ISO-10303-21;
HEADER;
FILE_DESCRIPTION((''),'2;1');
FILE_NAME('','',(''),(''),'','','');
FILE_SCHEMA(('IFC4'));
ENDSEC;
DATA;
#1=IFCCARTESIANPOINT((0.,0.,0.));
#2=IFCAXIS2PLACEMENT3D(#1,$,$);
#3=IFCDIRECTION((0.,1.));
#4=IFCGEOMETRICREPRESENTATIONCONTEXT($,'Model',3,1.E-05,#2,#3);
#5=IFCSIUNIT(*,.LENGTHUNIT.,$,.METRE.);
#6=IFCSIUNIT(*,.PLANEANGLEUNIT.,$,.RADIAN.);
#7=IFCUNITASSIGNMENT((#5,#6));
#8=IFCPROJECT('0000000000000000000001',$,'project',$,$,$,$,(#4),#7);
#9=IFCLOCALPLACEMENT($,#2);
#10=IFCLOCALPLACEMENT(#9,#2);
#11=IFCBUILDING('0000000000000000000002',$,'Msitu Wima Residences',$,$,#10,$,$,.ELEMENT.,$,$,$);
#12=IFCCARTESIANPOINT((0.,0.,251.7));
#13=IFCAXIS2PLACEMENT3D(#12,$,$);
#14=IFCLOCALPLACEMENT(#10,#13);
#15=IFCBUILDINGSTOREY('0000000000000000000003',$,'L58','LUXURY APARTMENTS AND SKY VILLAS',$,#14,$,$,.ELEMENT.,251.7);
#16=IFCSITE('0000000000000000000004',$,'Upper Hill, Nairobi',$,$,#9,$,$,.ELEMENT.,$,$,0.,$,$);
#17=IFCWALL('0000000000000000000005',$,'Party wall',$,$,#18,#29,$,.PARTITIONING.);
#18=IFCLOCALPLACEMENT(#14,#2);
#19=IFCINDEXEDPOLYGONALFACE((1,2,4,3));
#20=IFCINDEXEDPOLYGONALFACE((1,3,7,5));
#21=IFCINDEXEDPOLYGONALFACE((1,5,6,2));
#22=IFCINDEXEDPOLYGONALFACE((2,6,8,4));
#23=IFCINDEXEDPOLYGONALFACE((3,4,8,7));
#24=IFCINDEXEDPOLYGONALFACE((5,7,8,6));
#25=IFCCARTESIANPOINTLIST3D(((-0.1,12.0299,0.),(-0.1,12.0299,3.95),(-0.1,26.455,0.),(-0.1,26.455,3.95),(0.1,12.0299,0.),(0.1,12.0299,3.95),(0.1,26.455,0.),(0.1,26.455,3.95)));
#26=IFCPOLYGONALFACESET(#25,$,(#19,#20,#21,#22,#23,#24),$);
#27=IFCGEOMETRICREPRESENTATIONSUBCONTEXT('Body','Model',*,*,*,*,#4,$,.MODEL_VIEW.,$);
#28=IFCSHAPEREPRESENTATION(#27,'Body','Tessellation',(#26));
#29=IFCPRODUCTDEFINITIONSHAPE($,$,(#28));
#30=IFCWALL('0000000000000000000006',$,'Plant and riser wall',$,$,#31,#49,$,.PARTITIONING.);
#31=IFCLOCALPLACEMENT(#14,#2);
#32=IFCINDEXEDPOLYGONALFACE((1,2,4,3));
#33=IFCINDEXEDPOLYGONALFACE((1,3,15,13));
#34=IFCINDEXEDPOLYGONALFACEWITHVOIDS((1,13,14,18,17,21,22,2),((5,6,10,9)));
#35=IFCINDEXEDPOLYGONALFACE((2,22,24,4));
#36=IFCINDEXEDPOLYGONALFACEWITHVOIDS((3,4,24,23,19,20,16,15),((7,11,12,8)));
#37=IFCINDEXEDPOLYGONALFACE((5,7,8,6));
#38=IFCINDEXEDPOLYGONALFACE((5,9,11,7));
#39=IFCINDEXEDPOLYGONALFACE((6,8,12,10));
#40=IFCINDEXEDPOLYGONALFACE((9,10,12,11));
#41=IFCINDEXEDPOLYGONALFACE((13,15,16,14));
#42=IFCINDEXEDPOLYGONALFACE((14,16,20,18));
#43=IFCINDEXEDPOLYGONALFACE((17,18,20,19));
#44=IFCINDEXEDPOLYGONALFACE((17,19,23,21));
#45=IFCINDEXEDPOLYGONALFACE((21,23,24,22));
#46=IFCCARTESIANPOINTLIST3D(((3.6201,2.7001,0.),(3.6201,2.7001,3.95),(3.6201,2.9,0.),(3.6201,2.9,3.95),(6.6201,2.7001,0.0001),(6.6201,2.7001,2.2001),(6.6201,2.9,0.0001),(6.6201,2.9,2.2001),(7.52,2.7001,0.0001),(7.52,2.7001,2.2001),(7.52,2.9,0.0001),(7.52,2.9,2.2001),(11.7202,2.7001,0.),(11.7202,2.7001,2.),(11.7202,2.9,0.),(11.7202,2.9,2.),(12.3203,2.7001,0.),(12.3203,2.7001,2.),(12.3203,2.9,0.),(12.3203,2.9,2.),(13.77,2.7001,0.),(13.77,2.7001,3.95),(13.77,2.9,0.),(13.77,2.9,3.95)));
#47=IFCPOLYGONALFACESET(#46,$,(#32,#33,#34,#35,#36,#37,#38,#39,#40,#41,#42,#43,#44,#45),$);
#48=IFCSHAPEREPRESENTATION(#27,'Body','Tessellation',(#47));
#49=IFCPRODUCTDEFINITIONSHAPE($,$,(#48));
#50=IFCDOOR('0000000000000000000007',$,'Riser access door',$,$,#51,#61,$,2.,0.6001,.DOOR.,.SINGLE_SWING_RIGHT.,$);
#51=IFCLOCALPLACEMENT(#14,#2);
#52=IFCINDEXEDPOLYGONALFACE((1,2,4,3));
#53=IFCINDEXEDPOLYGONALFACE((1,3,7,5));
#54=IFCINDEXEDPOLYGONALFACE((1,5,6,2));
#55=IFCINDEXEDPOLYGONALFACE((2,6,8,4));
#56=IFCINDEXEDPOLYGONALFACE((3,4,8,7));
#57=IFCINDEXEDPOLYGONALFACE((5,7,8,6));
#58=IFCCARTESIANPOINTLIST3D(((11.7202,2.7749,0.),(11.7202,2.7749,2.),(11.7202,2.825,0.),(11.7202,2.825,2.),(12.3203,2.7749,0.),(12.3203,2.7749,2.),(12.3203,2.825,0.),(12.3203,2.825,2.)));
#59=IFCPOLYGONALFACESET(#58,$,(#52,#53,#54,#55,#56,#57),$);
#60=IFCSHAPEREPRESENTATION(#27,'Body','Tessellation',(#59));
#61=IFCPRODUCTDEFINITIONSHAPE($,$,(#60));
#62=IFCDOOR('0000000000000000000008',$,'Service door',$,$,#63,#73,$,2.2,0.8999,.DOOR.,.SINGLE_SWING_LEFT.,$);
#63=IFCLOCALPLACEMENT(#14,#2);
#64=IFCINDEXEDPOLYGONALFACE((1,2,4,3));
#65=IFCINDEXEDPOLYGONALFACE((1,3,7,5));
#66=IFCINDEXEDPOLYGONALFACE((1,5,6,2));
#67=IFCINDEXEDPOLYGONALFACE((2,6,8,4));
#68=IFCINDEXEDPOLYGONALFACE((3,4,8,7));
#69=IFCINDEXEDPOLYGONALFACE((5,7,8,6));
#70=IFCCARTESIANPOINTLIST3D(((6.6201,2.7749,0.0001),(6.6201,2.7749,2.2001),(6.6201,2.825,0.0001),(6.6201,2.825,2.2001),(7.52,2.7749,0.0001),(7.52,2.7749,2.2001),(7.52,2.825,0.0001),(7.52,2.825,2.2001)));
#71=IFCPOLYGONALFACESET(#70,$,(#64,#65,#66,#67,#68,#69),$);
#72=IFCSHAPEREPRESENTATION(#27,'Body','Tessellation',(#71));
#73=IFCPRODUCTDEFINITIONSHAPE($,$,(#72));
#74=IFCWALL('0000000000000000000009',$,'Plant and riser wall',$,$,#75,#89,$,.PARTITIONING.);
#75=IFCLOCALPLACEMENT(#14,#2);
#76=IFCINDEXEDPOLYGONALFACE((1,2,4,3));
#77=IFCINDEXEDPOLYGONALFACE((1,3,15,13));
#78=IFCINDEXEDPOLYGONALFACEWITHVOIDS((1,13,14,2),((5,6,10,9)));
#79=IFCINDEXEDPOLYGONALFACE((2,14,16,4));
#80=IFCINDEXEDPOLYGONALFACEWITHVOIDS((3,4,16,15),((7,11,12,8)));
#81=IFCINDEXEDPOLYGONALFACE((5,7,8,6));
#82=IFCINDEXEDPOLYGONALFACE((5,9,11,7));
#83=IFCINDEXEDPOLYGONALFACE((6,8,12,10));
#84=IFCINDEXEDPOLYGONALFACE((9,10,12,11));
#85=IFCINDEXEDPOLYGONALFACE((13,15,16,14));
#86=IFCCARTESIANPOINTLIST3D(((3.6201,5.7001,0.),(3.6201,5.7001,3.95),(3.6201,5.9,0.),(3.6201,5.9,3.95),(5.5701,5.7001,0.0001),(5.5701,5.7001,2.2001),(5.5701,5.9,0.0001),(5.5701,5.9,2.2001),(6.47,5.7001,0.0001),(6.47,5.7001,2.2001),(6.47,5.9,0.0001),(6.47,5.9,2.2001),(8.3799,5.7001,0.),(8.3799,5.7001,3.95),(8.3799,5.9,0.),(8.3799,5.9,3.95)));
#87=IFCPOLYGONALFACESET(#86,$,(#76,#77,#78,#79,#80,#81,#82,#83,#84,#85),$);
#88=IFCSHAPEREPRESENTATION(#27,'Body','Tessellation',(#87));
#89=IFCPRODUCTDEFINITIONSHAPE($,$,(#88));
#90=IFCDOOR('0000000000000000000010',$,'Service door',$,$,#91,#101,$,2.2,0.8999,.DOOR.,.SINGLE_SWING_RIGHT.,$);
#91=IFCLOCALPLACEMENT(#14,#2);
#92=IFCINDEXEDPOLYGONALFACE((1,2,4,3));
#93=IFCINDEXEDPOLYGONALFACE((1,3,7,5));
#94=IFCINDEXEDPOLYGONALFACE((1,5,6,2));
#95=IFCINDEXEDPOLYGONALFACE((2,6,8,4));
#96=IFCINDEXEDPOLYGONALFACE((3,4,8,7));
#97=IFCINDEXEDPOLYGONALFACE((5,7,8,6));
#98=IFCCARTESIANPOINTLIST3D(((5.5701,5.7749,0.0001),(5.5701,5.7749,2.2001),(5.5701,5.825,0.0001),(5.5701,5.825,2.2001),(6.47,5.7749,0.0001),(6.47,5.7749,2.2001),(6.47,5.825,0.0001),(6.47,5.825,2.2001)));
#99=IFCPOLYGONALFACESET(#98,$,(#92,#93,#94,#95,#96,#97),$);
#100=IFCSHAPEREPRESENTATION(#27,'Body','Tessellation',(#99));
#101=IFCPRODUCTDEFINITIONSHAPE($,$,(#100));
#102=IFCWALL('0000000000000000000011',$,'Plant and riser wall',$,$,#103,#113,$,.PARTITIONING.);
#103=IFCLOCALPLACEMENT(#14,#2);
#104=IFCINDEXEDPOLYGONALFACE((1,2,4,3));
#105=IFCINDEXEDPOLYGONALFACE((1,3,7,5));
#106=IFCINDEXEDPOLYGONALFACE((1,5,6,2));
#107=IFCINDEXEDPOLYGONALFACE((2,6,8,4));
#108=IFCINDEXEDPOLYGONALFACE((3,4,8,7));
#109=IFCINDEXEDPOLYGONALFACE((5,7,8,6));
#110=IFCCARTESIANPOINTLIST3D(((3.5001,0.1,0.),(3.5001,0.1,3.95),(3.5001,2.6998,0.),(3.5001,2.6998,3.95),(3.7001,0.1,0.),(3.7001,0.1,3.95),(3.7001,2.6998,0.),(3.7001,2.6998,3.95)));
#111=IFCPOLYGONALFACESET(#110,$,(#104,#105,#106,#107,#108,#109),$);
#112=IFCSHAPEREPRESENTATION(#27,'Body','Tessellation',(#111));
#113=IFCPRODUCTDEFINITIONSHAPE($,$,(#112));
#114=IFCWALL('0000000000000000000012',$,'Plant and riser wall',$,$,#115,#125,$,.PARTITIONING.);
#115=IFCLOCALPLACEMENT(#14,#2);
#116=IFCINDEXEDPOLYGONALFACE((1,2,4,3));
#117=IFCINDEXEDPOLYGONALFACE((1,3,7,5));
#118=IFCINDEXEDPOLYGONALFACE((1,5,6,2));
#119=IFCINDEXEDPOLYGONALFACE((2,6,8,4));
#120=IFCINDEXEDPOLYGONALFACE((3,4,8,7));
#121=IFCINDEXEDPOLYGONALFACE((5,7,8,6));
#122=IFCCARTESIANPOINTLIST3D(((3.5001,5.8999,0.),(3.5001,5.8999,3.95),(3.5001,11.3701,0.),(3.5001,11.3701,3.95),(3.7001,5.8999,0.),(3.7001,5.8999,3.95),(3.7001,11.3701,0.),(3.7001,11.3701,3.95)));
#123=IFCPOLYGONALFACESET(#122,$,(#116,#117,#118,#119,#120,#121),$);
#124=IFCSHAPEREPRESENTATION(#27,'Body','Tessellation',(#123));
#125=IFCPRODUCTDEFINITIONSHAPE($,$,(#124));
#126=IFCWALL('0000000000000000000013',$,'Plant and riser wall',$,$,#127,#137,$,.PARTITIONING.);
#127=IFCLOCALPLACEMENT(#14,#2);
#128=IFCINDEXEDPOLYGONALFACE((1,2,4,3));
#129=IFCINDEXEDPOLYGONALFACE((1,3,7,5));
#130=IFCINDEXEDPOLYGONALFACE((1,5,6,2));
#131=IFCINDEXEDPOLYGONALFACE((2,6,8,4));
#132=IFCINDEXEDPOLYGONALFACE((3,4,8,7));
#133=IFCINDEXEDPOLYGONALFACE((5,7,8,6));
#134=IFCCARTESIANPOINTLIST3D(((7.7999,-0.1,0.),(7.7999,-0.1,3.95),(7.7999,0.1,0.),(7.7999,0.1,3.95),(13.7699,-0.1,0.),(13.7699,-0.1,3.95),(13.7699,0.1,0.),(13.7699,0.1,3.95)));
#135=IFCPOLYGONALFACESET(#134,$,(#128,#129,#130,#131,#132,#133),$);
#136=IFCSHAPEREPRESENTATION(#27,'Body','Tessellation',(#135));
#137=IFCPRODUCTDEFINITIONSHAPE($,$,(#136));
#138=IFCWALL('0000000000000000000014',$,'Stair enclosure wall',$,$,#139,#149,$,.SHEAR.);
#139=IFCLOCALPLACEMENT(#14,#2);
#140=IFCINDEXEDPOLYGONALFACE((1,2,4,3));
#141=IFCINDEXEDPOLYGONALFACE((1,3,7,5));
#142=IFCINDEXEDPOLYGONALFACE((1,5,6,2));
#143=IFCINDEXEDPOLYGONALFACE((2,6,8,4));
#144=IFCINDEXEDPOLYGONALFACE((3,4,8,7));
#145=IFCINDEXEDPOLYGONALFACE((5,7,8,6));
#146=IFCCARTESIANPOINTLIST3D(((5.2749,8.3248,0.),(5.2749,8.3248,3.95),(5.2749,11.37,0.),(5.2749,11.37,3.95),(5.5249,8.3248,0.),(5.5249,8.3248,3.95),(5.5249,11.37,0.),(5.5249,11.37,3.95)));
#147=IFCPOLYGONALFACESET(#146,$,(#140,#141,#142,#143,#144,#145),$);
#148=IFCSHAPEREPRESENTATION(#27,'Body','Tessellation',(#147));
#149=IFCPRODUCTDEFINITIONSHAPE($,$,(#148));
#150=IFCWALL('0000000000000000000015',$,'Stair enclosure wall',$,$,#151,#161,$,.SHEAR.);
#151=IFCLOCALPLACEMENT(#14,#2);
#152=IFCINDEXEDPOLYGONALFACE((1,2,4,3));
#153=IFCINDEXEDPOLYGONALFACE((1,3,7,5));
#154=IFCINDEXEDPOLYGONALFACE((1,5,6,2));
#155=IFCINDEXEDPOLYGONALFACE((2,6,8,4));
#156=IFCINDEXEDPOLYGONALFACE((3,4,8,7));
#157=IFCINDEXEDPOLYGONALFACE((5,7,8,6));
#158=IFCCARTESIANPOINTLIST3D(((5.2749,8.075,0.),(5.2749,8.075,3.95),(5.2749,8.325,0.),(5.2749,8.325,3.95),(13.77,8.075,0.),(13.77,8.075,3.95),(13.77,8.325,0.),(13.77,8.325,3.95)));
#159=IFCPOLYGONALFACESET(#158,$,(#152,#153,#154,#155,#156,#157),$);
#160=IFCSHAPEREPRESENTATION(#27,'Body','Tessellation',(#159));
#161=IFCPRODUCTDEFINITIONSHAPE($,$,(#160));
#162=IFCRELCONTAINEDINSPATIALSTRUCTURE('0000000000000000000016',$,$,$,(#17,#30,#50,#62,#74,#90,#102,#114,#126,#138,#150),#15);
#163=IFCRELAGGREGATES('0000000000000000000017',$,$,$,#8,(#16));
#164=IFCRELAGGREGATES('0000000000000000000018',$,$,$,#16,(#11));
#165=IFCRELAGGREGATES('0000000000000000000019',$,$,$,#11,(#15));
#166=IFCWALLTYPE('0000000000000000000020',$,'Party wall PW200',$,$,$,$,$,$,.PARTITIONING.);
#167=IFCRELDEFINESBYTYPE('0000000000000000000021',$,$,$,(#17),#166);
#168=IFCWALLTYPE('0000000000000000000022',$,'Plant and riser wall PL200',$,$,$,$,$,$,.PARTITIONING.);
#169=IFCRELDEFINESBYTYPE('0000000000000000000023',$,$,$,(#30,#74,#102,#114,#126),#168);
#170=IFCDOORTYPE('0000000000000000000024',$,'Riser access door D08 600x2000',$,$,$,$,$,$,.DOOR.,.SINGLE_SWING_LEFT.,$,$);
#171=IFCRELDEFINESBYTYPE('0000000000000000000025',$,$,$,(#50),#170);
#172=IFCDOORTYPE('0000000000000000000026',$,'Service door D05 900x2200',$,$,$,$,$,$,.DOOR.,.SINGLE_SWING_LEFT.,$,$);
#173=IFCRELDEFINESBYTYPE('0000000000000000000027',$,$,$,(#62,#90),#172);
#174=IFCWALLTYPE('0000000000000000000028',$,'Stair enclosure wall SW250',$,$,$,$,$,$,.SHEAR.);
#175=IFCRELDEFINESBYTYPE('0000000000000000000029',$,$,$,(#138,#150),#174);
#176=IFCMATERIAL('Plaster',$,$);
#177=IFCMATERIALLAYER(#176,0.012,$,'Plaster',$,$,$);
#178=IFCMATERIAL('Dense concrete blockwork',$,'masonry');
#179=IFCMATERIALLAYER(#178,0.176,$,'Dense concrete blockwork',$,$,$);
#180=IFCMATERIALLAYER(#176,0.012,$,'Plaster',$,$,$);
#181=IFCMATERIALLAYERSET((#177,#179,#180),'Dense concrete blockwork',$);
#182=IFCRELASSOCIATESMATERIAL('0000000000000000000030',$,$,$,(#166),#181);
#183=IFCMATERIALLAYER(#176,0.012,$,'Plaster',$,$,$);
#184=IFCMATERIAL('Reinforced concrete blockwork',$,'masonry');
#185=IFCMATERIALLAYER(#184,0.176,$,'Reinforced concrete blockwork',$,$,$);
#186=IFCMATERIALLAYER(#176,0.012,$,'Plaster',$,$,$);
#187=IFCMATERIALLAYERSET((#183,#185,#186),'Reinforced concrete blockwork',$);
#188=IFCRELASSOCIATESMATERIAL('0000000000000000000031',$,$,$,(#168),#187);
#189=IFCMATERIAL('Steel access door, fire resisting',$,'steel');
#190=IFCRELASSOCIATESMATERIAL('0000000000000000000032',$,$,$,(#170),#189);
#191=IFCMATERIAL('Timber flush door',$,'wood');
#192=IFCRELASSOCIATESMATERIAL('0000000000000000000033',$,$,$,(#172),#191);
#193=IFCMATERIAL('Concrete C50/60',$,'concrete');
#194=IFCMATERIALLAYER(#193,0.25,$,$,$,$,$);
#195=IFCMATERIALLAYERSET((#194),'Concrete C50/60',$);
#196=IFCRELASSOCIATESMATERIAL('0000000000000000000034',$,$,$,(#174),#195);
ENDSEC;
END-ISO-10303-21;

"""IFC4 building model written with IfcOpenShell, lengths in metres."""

from ifc_helpers import new_model, si_unit, direction, frame, frame_2d, origin, place, context, subcontext, project, spatial, rectangle, extrude, material, layer, layer_set, type_object, element, fill, save


model = new_model("IFC4")

# Units and contexts
model_context = context("Model", 3, precision=1e-05, world=origin(), true_north=direction((0.0, 1.0)))
body_context = subcontext(model_context, "Body", "Model", "MODEL_VIEW")
ifc_project = project(units=[si_unit("LENGTHUNIT", "METRE"), si_unit("PLANEANGLEUNIT", "RADIAN")], contexts=[model_context])

# Site, building, storey
site_placement = place(None, origin())
site = spatial("IfcSite", under=ifc_project, at=site_placement, Name="Upper Hill, Nairobi", CompositionType="ELEMENT", RefElevation=0.0)
building_placement = place(site_placement, origin())
building = spatial("IfcBuilding", under=site, at=building_placement, Name="Msitu Wima Residences", CompositionType="ELEMENT")
storey_placement = place(building_placement, frame((0.0, 0.0, 251.7)))
storey = spatial("IfcBuildingStorey", under=building, at=storey_placement, Name="L58", Description="LUXURY APARTMENTS AND SKY VILLAS", CompositionType="ELEMENT", Elevation=251.7)

# Shared definitions
ifc_material_1 = material(Name="Plaster")
ifc_material_2 = material(Name="Timber flush door", Category="wood")

# Wall
ifc_layer_1 = layer(ifc_material_1, 0.012, Name="Plaster")
ifc_material_3 = material(Name="Dense concrete blockwork", Category="masonry")
ifc_layer_2 = layer(ifc_material_3, 0.176, Name="Dense concrete blockwork")
ifc_layer_3 = layer(ifc_material_1, 0.012, Name="Plaster")
ifc_layer_set_1 = layer_set([ifc_layer_1, ifc_layer_2, ifc_layer_3], Name="Dense concrete blockwork")
wall_type_1 = type_object("IfcWallType", Name="Party wall PW200", PredefinedType="PARTITIONING", material=ifc_layer_set_1)
wall_1_placement = place(storey_placement, frame((0.0, 12.03, 0.0), z_axis=(0.0, 0.0, 1.0), x_axis=(0.0, 1.0, 0.0)))
element("IfcWall", 1, at=wall_1_placement, inside=storey, type_object=wall_type_1, Name="Party wall", PredefinedType="PARTITIONING", context=body_context, shape_type="SweptSolid", body=[
    extrude(rectangle(XDim=14.425, YDim=0.2, at=frame_2d((7.2124, 0.0))), origin(), (0.0, 0.0, 1.0), 3.95),
])

# Wall, openings, doors
ifc_layer_4 = layer(ifc_material_1, 0.012, Name="Plaster")
ifc_material_4 = material(Name="Reinforced concrete blockwork", Category="masonry")
ifc_layer_5 = layer(ifc_material_4, 0.176, Name="Reinforced concrete blockwork")
ifc_layer_6 = layer(ifc_material_1, 0.012, Name="Plaster")
ifc_layer_set_2 = layer_set([ifc_layer_4, ifc_layer_5, ifc_layer_6], Name="Reinforced concrete blockwork")
wall_type_2 = type_object("IfcWallType", Name="Plant and riser wall PL200", PredefinedType="PARTITIONING", material=ifc_layer_set_2)
wall_2_placement = place(storey_placement, frame((3.6201, 2.8, 0.0), z_axis=(0.0, 0.0, 1.0), x_axis=(1.0, 0.0, 0.0)))
wall_2 = element("IfcWall", 2, at=wall_2_placement, inside=storey, type_object=wall_type_2, Name="Plant and riser wall", PredefinedType="PARTITIONING", context=body_context, shape_type="SweptSolid", body=[
    extrude(rectangle(XDim=10.1499, YDim=0.2, at=frame_2d((5.075, 0.0))), origin(), (0.0, 0.0, 1.0), 3.95),
])
opening_1_placement = place(wall_2_placement, frame((8.1001, 0.0, 0.0)))
opening_1 = element("IfcOpeningElement", 3, at=opening_1_placement, cuts=wall_2, PredefinedType="OPENING", context=body_context, shape_type="SweptSolid", body=[
    extrude(rectangle(XDim=0.6001, YDim=2.0, at=frame_2d((0.3, 1.0))), frame((0.0, 0.1099, 0.0), z_axis=(0.0, -1.0, 0.0), x_axis=(1.0, 0.0, 0.0)), (0.0, 0.0, 1.0), 0.22),
])
opening_2_placement = place(wall_2_placement, frame((3.0, 0.0, 0.0)))
opening_2 = element("IfcOpeningElement", 4, at=opening_2_placement, cuts=wall_2, PredefinedType="OPENING", context=body_context, shape_type="SweptSolid", body=[
    extrude(rectangle(XDim=0.8999, YDim=2.2, at=frame_2d((0.45, 1.1001))), frame((0.0, 0.1099, 0.0), z_axis=(0.0, -1.0, 0.0), x_axis=(1.0, 0.0, 0.0)), (0.0, 0.0, 1.0), 0.22),
])
ifc_material_5 = material(Name="Steel access door, fire resisting", Category="steel")
door_type_1 = type_object("IfcDoorType", Name="Riser access door D08 600x2000", OperationType="SINGLE_SWING_LEFT", PredefinedType="DOOR", material=ifc_material_5)
door_1_placement = place(opening_1_placement, origin())
door_1 = element("IfcDoor", 5, at=door_1_placement, inside=storey, type_object=door_type_1, Name="Riser access door", OperationType="SINGLE_SWING_RIGHT", OverallHeight=2.0, OverallWidth=0.6001, PredefinedType="DOOR", context=body_context, shape_type="SweptSolid", body=[
    extrude(rectangle(XDim=0.6001, YDim=2.0, at=frame_2d((0.3, 1.0))), frame((0.0, 0.0249, 0.0), z_axis=(0.0, -1.0, 0.0), x_axis=(1.0, 0.0, 0.0)), (0.0, 0.0, 1.0), 0.05),
])
fill(opening_1, door_1)
door_type_2 = type_object("IfcDoorType", Name="Service door D05 900x2200", OperationType="SINGLE_SWING_LEFT", PredefinedType="DOOR", material=ifc_material_2)
door_2_placement = place(opening_2_placement, origin())
door_2 = element("IfcDoor", 6, at=door_2_placement, inside=storey, type_object=door_type_2, Name="Service door", OperationType="SINGLE_SWING_LEFT", OverallHeight=2.2, OverallWidth=0.8999, PredefinedType="DOOR", context=body_context, shape_type="SweptSolid", body=[
    extrude(rectangle(XDim=0.8999, YDim=2.2, at=frame_2d((0.45, 1.1001))), frame((0.0, 0.0249, 0.0), z_axis=(0.0, -1.0, 0.0), x_axis=(1.0, 0.0, 0.0)), (0.0, 0.0, 1.0), 0.05),
])
fill(opening_2, door_2)

# Wall, opening, door
wall_3_placement = place(storey_placement, frame((3.6201, 5.8, 0.0), z_axis=(0.0, 0.0, 1.0), x_axis=(1.0, 0.0, 0.0)))
wall_3 = element("IfcWall", 7, at=wall_3_placement, inside=storey, type_object=wall_type_2, Name="Plant and riser wall", PredefinedType="PARTITIONING", context=body_context, shape_type="SweptSolid", body=[
    extrude(rectangle(XDim=4.7598, YDim=0.2, at=frame_2d((2.3799, 0.0))), origin(), (0.0, 0.0, 1.0), 3.95),
])
opening_3_placement = place(wall_3_placement, frame((1.95, 0.0, 0.0)))
opening_3 = element("IfcOpeningElement", 8, at=opening_3_placement, cuts=wall_3, PredefinedType="OPENING", context=body_context, shape_type="SweptSolid", body=[
    extrude(rectangle(XDim=0.8999, YDim=2.2, at=frame_2d((0.45, 1.1001))), frame((0.0, 0.1099, 0.0), z_axis=(0.0, -1.0, 0.0), x_axis=(1.0, 0.0, 0.0)), (0.0, 0.0, 1.0), 0.22),
])
door_3_placement = place(opening_3_placement, origin())
door_3 = element("IfcDoor", 9, at=door_3_placement, inside=storey, type_object=door_type_2, Name="Service door", OperationType="SINGLE_SWING_RIGHT", OverallHeight=2.2, OverallWidth=0.8999, PredefinedType="DOOR", context=body_context, shape_type="SweptSolid", body=[
    extrude(rectangle(XDim=0.8999, YDim=2.2, at=frame_2d((0.45, 1.1001))), frame((0.0, 0.0249, 0.0), z_axis=(0.0, -1.0, 0.0), x_axis=(1.0, 0.0, 0.0)), (0.0, 0.0, 1.0), 0.05),
])
fill(opening_3, door_3)

# Walls
wall_4_placement = place(storey_placement, frame((3.6001, 0.1001, 0.0), z_axis=(0.0, 0.0, 1.0), x_axis=(0.0, 1.0, 0.0)))
element("IfcWall", 10, at=wall_4_placement, inside=storey, type_object=wall_type_2, Name="Plant and riser wall", PredefinedType="PARTITIONING", context=body_context, shape_type="SweptSolid", body=[
    extrude(rectangle(XDim=2.5999, YDim=0.2, at=frame_2d((1.2998, 0.0))), origin(), (0.0, 0.0, 1.0), 3.95),
])
wall_5_placement = place(storey_placement, frame((3.6001, 5.8999, 0.0), z_axis=(0.0, 0.0, 1.0), x_axis=(0.0, 1.0, 0.0)))
element("IfcWall", 11, at=wall_5_placement, inside=storey, type_object=wall_type_2, Name="Plant and riser wall", PredefinedType="PARTITIONING", context=body_context, shape_type="SweptSolid", body=[
    extrude(rectangle(XDim=5.4702, YDim=0.2, at=frame_2d((2.7351, 0.0))), origin(), (0.0, 0.0, 1.0), 3.95),
])
wall_6_placement = place(storey_placement, frame((7.8, 0.0, 0.0), z_axis=(0.0, 0.0, 1.0), x_axis=(1.0, 0.0, 0.0)))
element("IfcWall", 12, at=wall_6_placement, inside=storey, type_object=wall_type_2, Name="Plant and riser wall", PredefinedType="PARTITIONING", context=body_context, shape_type="SweptSolid", body=[
    extrude(rectangle(XDim=5.97, YDim=0.2, at=frame_2d((2.9849, 0.0))), origin(), (0.0, 0.0, 1.0), 3.95),
])
ifc_material_6 = material(Name="Concrete C50/60", Category="concrete")
ifc_layer_7 = layer(ifc_material_6, 0.25)
ifc_layer_set_3 = layer_set([ifc_layer_7], Name="Concrete C50/60")
wall_type_3 = type_object("IfcWallType", Name="Stair enclosure wall SW250", PredefinedType="SHEAR", material=ifc_layer_set_3)
wall_7_placement = place(storey_placement, frame((5.3999, 8.325, 0.0), z_axis=(0.0, 0.0, 1.0), x_axis=(0.0, 1.0, 0.0)))
element("IfcWall", 13, at=wall_7_placement, inside=storey, type_object=wall_type_3, Name="Stair enclosure wall", PredefinedType="SHEAR", context=body_context, shape_type="SweptSolid", body=[
    extrude(rectangle(XDim=3.0452, YDim=0.25, at=frame_2d((1.5225, 0.0))), origin(), (0.0, 0.0, 1.0), 3.95),
])
wall_8_placement = place(storey_placement, frame((5.2749, 8.2, 0.0), z_axis=(0.0, 0.0, 1.0), x_axis=(1.0, 0.0, 0.0)))
element("IfcWall", 14, at=wall_8_placement, inside=storey, type_object=wall_type_3, Name="Stair enclosure wall", PredefinedType="SHEAR", context=body_context, shape_type="SweptSolid", body=[
    extrude(rectangle(XDim=8.4951, YDim=0.25, at=frame_2d((4.2476, 0.0))), origin(), (0.0, 0.0, 1.0), 3.95),
])

save(model, "model.ifc")
